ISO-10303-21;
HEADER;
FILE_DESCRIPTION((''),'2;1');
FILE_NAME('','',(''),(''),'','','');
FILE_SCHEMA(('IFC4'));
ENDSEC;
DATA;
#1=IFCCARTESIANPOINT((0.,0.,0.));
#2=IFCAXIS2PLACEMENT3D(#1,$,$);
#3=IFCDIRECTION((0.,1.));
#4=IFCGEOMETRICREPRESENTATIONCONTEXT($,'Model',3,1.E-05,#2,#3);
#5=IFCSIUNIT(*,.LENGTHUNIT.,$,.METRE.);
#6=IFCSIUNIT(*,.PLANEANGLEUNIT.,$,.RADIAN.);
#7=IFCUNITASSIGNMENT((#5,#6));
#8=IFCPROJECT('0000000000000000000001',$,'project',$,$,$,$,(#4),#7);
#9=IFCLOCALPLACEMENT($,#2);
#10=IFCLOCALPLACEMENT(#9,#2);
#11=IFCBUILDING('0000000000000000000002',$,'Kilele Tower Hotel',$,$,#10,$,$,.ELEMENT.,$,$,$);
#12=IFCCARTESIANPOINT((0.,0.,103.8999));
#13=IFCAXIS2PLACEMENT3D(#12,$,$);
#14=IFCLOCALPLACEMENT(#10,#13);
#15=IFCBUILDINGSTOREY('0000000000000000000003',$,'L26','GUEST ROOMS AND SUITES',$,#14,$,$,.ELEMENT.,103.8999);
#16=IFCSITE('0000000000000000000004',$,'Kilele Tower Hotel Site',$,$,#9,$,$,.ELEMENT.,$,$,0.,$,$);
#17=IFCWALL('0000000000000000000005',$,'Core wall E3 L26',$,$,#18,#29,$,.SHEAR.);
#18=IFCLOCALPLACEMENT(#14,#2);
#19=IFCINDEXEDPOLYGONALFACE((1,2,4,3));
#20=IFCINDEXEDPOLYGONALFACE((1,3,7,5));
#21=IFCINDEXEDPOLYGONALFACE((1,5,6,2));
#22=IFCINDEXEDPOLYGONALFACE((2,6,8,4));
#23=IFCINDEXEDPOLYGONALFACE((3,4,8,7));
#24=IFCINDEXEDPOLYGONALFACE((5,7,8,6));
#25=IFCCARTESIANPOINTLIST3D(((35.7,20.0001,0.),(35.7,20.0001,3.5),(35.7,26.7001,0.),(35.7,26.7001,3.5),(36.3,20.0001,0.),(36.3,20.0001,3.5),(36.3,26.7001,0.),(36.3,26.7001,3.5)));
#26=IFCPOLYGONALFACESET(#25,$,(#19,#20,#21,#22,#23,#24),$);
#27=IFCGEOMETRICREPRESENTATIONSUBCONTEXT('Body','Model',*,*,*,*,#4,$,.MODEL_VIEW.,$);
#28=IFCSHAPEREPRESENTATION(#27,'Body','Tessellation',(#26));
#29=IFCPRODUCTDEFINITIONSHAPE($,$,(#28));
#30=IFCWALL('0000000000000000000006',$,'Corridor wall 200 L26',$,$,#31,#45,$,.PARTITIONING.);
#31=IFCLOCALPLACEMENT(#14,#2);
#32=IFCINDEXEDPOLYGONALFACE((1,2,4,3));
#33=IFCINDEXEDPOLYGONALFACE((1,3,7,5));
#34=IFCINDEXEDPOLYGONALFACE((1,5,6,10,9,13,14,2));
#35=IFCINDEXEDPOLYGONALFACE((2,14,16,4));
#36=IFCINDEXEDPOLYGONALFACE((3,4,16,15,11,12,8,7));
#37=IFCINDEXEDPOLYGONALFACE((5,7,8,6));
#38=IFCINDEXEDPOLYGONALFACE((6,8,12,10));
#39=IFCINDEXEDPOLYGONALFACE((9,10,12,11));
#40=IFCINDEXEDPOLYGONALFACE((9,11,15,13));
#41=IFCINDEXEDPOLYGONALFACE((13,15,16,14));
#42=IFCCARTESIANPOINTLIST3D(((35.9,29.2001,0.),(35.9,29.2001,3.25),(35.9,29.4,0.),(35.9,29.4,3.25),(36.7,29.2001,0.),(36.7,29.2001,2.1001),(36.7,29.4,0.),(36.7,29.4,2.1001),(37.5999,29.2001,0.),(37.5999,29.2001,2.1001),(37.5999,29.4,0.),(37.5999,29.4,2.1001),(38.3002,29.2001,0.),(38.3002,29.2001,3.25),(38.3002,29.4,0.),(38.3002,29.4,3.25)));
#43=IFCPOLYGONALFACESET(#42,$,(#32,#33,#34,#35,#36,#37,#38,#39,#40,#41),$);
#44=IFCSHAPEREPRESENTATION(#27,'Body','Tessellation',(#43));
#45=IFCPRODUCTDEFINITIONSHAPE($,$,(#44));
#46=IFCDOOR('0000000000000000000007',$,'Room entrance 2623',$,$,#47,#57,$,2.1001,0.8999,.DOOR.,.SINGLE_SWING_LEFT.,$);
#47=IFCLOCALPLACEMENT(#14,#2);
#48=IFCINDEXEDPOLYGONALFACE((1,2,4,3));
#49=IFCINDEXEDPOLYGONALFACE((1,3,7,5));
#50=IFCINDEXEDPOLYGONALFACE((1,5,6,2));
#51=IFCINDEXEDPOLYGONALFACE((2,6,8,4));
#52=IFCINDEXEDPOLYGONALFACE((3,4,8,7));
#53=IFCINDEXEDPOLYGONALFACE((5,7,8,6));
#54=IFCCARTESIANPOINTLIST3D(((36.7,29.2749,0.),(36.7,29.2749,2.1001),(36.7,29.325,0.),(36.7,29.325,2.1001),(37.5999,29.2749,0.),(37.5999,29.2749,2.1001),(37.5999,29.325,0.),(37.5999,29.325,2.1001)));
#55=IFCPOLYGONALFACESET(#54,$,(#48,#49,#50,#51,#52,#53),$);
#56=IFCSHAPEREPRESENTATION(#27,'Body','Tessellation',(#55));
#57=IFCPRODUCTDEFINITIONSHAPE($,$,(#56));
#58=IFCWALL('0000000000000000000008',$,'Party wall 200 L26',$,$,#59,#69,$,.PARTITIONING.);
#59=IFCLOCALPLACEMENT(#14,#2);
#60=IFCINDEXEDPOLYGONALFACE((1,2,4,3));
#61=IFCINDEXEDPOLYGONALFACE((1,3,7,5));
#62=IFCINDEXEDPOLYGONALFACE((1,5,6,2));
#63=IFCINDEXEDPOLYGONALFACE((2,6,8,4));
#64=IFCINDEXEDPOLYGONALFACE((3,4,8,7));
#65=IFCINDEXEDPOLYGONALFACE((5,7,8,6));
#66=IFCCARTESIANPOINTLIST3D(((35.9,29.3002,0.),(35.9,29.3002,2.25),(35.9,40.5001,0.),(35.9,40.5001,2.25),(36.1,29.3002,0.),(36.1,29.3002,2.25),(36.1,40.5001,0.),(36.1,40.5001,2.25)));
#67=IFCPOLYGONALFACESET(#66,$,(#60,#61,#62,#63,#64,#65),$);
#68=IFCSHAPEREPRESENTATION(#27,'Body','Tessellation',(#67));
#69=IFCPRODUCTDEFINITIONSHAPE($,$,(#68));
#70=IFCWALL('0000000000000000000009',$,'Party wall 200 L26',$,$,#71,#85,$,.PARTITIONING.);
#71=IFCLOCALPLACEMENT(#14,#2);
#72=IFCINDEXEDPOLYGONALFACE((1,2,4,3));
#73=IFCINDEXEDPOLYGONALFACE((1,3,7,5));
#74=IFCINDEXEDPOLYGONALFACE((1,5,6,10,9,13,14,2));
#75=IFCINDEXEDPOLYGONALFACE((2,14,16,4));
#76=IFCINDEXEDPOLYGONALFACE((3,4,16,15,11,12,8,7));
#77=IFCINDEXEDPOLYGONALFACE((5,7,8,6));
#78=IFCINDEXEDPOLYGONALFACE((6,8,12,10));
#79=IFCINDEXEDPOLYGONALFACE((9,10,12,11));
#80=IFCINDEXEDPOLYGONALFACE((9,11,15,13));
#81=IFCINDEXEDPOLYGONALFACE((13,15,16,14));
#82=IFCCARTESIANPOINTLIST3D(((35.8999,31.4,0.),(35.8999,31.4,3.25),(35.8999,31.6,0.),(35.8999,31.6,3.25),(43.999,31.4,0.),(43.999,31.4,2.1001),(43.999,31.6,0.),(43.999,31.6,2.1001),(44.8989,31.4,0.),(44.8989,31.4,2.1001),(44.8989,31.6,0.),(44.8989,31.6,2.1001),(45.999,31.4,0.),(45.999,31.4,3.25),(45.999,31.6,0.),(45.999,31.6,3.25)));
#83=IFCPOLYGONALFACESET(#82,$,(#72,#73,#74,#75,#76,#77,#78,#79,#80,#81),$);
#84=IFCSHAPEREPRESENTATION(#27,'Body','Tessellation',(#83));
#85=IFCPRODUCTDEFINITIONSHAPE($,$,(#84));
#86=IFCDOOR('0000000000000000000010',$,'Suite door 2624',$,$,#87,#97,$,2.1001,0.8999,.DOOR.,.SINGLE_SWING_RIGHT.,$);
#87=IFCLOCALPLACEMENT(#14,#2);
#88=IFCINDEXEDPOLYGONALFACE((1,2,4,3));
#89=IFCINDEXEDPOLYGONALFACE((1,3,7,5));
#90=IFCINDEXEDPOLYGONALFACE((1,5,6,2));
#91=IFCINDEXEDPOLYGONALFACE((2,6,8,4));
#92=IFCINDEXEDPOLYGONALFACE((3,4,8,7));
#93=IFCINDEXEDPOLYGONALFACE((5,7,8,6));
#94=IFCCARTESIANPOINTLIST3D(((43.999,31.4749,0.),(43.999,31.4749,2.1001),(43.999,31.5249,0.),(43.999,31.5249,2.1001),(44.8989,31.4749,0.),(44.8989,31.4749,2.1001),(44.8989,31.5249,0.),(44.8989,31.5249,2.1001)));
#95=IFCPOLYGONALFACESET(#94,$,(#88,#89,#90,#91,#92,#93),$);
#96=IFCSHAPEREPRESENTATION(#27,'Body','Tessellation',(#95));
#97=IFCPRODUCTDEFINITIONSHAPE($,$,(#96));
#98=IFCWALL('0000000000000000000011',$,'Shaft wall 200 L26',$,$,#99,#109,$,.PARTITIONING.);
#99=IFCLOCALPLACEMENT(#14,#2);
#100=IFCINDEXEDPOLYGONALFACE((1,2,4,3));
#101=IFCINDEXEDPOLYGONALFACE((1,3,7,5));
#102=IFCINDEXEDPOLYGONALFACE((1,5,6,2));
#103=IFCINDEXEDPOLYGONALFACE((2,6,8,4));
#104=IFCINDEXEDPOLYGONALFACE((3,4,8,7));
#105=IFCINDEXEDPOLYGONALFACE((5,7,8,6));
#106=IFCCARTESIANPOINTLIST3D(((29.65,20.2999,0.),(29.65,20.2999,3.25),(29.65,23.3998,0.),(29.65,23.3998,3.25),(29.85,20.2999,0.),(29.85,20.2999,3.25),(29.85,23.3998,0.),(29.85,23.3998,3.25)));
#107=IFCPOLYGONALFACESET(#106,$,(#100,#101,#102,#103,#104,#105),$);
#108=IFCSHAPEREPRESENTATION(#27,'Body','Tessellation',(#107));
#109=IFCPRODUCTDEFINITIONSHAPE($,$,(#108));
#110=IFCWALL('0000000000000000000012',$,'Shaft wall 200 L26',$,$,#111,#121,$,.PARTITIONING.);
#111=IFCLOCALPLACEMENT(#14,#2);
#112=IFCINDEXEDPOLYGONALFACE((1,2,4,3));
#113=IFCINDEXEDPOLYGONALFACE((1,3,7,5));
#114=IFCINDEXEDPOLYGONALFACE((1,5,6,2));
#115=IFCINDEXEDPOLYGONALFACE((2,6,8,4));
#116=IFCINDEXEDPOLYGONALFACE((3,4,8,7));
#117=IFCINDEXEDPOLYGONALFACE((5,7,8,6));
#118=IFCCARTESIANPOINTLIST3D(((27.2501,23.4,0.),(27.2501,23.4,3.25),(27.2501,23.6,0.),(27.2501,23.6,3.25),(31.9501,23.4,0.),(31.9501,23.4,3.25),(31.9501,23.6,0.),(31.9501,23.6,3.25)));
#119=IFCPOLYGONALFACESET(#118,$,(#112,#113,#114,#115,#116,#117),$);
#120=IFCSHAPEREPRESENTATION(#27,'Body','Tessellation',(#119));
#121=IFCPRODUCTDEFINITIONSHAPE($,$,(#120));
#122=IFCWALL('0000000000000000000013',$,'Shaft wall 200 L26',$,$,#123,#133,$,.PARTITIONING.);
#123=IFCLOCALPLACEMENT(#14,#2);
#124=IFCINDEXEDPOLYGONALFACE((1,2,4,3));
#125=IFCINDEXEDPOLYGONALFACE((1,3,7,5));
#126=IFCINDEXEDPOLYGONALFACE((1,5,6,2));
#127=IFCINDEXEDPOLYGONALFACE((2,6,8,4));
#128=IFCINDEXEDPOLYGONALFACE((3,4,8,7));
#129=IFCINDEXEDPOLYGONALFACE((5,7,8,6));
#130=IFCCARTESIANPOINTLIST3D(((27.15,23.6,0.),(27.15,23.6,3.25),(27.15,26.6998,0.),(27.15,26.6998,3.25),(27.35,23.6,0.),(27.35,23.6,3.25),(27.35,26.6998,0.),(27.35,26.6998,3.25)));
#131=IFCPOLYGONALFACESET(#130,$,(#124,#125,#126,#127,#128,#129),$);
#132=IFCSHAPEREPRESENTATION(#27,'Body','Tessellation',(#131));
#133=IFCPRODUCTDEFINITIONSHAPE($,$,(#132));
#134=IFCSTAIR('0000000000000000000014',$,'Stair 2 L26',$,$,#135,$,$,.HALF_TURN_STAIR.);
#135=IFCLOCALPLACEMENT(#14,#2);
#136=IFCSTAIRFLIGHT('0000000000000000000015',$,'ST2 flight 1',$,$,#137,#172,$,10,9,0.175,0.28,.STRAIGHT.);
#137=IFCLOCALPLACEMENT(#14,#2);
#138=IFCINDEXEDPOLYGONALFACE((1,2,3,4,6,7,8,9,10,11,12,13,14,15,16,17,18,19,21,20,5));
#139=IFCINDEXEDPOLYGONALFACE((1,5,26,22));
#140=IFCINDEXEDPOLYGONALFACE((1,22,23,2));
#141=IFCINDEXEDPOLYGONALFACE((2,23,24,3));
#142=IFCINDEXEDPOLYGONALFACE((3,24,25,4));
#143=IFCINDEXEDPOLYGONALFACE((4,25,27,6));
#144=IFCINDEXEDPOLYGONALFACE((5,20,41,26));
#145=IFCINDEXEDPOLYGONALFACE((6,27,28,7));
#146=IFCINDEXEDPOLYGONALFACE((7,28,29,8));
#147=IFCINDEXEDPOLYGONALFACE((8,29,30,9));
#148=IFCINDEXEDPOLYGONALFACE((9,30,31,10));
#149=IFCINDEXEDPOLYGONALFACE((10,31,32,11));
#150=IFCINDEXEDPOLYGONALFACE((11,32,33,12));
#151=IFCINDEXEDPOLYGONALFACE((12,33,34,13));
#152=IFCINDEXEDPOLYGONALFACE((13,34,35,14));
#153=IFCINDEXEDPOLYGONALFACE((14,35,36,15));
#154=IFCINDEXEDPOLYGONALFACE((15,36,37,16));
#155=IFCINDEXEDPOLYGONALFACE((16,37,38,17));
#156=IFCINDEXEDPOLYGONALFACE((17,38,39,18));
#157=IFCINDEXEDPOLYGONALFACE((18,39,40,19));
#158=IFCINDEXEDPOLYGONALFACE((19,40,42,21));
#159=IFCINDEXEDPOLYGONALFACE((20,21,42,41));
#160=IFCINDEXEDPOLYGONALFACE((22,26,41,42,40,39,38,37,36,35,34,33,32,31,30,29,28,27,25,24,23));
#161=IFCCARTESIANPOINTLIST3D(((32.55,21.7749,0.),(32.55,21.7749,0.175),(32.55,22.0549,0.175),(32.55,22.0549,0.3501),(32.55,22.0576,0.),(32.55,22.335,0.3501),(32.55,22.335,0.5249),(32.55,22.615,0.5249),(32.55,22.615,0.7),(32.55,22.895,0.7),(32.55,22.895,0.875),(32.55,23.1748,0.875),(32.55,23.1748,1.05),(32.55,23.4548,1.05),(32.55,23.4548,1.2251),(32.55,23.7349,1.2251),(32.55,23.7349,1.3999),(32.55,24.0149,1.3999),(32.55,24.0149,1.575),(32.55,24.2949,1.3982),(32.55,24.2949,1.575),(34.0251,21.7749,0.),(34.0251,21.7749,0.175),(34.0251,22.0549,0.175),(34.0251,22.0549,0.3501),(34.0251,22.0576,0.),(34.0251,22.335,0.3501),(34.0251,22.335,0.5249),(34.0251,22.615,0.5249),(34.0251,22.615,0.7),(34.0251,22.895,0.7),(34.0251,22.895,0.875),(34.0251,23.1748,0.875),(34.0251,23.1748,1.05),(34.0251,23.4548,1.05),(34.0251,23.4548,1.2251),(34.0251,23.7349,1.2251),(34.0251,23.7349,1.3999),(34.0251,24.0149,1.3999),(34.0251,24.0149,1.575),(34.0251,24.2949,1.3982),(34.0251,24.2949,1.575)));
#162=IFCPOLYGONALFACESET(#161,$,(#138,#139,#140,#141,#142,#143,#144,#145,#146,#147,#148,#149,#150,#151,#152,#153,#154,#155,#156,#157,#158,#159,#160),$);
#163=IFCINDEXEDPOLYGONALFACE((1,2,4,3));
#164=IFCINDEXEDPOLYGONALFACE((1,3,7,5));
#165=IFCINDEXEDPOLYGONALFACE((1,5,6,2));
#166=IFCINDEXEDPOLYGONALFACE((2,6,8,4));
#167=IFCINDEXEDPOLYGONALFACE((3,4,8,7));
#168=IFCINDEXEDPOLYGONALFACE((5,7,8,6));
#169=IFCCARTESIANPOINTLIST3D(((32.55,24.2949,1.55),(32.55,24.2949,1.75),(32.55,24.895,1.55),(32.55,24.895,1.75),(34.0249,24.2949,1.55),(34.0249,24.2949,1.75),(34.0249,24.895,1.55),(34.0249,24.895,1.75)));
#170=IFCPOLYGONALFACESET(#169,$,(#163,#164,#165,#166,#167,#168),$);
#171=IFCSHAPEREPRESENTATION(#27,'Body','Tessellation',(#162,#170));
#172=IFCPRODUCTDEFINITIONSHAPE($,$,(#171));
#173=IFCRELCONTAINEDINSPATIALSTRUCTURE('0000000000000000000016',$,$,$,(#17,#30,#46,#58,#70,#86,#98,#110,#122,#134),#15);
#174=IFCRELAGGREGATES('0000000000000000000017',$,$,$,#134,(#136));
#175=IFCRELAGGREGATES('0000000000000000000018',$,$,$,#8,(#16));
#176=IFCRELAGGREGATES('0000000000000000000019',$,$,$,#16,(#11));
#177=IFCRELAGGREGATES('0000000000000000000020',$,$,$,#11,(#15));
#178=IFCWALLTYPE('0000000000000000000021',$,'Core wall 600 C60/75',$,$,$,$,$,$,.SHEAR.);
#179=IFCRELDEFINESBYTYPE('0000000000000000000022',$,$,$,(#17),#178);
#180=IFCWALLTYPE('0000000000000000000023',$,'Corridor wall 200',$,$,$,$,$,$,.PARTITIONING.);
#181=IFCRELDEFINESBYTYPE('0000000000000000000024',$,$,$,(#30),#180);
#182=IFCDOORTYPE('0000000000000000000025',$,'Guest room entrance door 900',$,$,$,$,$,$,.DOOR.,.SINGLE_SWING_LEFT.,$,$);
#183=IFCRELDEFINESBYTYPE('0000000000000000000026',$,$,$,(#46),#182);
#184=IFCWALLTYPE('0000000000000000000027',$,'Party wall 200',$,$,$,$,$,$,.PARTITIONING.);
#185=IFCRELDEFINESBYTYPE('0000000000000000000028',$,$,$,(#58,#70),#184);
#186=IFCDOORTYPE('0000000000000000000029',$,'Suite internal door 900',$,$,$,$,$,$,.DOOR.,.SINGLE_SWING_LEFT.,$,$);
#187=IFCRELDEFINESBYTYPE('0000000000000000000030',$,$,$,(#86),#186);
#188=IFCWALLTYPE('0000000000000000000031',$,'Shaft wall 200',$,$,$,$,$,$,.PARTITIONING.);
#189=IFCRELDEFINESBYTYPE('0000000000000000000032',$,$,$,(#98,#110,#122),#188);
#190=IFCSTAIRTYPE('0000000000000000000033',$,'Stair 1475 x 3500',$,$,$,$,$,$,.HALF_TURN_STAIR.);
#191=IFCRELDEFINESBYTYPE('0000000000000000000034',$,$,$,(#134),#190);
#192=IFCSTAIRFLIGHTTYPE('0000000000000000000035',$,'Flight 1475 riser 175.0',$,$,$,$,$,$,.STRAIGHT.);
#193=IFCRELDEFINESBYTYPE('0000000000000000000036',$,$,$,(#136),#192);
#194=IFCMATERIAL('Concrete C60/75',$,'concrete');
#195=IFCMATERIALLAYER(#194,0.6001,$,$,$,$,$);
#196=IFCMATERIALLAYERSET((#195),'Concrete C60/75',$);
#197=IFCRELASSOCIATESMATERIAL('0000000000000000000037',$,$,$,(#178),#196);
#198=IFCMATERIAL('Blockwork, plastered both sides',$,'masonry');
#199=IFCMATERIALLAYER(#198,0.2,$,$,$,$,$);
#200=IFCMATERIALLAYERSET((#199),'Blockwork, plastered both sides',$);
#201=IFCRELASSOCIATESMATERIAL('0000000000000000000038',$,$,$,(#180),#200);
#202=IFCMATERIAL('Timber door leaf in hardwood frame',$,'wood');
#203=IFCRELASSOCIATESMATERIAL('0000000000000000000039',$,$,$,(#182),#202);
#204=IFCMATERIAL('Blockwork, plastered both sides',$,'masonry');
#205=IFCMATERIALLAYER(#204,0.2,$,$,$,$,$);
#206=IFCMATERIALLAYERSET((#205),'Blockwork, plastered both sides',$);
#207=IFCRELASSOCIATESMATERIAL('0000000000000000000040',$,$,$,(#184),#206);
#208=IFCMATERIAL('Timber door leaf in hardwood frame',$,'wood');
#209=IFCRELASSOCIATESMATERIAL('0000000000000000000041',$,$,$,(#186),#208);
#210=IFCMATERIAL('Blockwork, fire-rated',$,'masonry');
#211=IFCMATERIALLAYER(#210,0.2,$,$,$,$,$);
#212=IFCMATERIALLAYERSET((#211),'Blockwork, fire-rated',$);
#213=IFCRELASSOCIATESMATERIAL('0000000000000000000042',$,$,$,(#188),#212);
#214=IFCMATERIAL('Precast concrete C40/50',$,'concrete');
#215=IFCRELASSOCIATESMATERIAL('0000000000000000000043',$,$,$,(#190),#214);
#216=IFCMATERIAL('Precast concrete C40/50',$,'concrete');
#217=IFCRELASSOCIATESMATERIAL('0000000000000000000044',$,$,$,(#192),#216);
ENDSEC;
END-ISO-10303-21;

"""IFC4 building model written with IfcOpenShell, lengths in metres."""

from ifc_helpers import new_model, si_unit, direction, frame, frame_2d, origin, place, context, subcontext, project, spatial, polyline, rectangle, outline, extrude, material, layer, layer_set, type_object, element, fill, aggregate, save


model = new_model("IFC4")

# Units and contexts
model_context = context("Model", 3, precision=1e-05, world=origin(), true_north=direction((0.0, 1.0)))
body_context = subcontext(model_context, "Body", "Model", "MODEL_VIEW")
ifc_project = project(units=[si_unit("LENGTHUNIT", "METRE"), si_unit("PLANEANGLEUNIT", "RADIAN")], contexts=[model_context])

# Site, building, storey
site_placement = place(None, origin())
site = spatial("IfcSite", under=ifc_project, at=site_placement, Name="Kilele Tower Hotel Site", CompositionType="ELEMENT", RefElevation=0.0)
building_placement = place(site_placement, origin())
building = spatial("IfcBuilding", under=site, at=building_placement, Name="Kilele Tower Hotel", CompositionType="ELEMENT")
storey_placement = place(building_placement, frame((0.0, 0.0, 103.8999)))
storey = spatial("IfcBuildingStorey", under=building, at=storey_placement, Name="L26", Description="GUEST ROOMS AND SUITES", CompositionType="ELEMENT", Elevation=103.8999)

# Wall
ifc_material_1 = material(Name="Concrete C60/75", Category="concrete")
ifc_layer_1 = layer(ifc_material_1, 0.6001)
ifc_layer_set_1 = layer_set([ifc_layer_1], Name="Concrete C60/75")
wall_type_1 = type_object("IfcWallType", Name="Core wall 600 C60/75", PredefinedType="SHEAR", material=ifc_layer_set_1)
wall_1_placement = place(storey_placement, frame((36.0, 20.0, 0.0), z_axis=(0.0, 0.0, 1.0), x_axis=(0.0, 1.0, 0.0)))
element("IfcWall", 1, at=wall_1_placement, inside=storey, type_object=wall_type_1, Name="Core wall E3 L26", PredefinedType="SHEAR", context=body_context, shape_type="SweptSolid", body=[
    extrude(rectangle(XDim=6.7, YDim=0.6001, at=frame_2d((3.3501, 0.0))), origin(), (0.0, 0.0, 1.0), 3.5),
])

# Wall, opening, door
ifc_material_2 = material(Name="Blockwork, plastered both sides", Category="masonry")
ifc_layer_2 = layer(ifc_material_2, 0.2)
ifc_layer_set_2 = layer_set([ifc_layer_2], Name="Blockwork, plastered both sides")
wall_type_2 = type_object("IfcWallType", Name="Corridor wall 200", PredefinedType="PARTITIONING", material=ifc_layer_set_2)
wall_2_placement = place(storey_placement, frame((35.8999, 29.3, 0.0), z_axis=(0.0, 0.0, 1.0), x_axis=(1.0, 0.0, 0.0)))
wall_2 = element("IfcWall", 2, at=wall_2_placement, inside=storey, type_object=wall_type_2, Name="Corridor wall 200 L26", PredefinedType="PARTITIONING", context=body_context, shape_type="SweptSolid", body=[
    extrude(rectangle(XDim=2.4001, YDim=0.2, at=frame_2d((1.2002, 0.0))), origin(), (0.0, 0.0, 1.0), 3.25),
])
opening_1_placement = place(wall_2_placement, frame((0.8, 0.0, 0.0)))
opening_1 = element("IfcOpeningElement", 3, at=opening_1_placement, cuts=wall_2, PredefinedType="OPENING", context=body_context, shape_type="SweptSolid", body=[
    extrude(rectangle(XDim=0.8999, YDim=2.1001, at=frame_2d((0.45, 1.05))), frame((0.0, 0.1099, 0.0), z_axis=(0.0, -1.0, 0.0), x_axis=(1.0, 0.0, 0.0)), (0.0, 0.0, 1.0), 0.22),
])
ifc_material_3 = material(Name="Timber door leaf in hardwood frame", Category="wood")
door_type_1 = type_object("IfcDoorType", Name="Guest room entrance door 900", OperationType="SINGLE_SWING_LEFT", PredefinedType="DOOR", material=ifc_material_3)
door_1_placement = place(opening_1_placement, origin())
door_1 = element("IfcDoor", 4, at=door_1_placement, inside=storey, type_object=door_type_1, Name="Room entrance 2623", OperationType="SINGLE_SWING_LEFT", OverallHeight=2.1001, OverallWidth=0.8999, PredefinedType="DOOR", context=body_context, shape_type="SweptSolid", body=[
    extrude(rectangle(XDim=0.8999, YDim=2.1001, at=frame_2d((0.45, 1.05))), frame((0.0, 0.0249, 0.0), z_axis=(0.0, -1.0, 0.0), x_axis=(1.0, 0.0, 0.0)), (0.0, 0.0, 1.0), 0.05),
])
fill(opening_1, door_1)

# Wall
ifc_material_4 = material(Name="Blockwork, plastered both sides", Category="masonry")
ifc_layer_3 = layer(ifc_material_4, 0.2)
ifc_layer_set_3 = layer_set([ifc_layer_3], Name="Blockwork, plastered both sides")
wall_type_3 = type_object("IfcWallType", Name="Party wall 200", PredefinedType="PARTITIONING", material=ifc_layer_set_3)
wall_3_placement = place(storey_placement, frame((36.0, 29.3, 0.0), z_axis=(0.0, 0.0, 1.0), x_axis=(0.0, 1.0, 0.0)))
element("IfcWall", 5, at=wall_3_placement, inside=storey, type_object=wall_type_3, Name="Party wall 200 L26", PredefinedType="PARTITIONING", context=body_context, shape_type="SweptSolid", body=[
    extrude(rectangle(XDim=11.2, YDim=0.2, at=frame_2d((5.6001, 0.0))), origin(), (0.0, 0.0, 1.0), 2.25),
])

# Wall, opening, door
wall_4_placement = place(storey_placement, frame((35.8999, 31.5, 0.0), z_axis=(0.0, 0.0, 1.0), x_axis=(1.0, 0.0, 0.0)))
wall_4 = element("IfcWall", 6, at=wall_4_placement, inside=storey, type_object=wall_type_3, Name="Party wall 200 L26", PredefinedType="PARTITIONING", context=body_context, shape_type="SweptSolid", body=[
    extrude(rectangle(XDim=10.0991, YDim=0.2, at=frame_2d((5.0496, 0.0))), origin(), (0.0, 0.0, 1.0), 3.25),
])
opening_2_placement = place(wall_4_placement, frame((8.0991, 0.0, 0.0)))
opening_2 = element("IfcOpeningElement", 7, at=opening_2_placement, cuts=wall_4, PredefinedType="OPENING", context=body_context, shape_type="SweptSolid", body=[
    extrude(rectangle(XDim=0.8999, YDim=2.1001, at=frame_2d((0.45, 1.05))), frame((0.0, 0.1099, 0.0), z_axis=(0.0, -1.0, 0.0), x_axis=(1.0, 0.0, 0.0)), (0.0, 0.0, 1.0), 0.22),
])
ifc_material_5 = material(Name="Timber door leaf in hardwood frame", Category="wood")
door_type_2 = type_object("IfcDoorType", Name="Suite internal door 900", OperationType="SINGLE_SWING_LEFT", PredefinedType="DOOR", material=ifc_material_5)
door_2_placement = place(opening_2_placement, origin())
door_2 = element("IfcDoor", 8, at=door_2_placement, inside=storey, type_object=door_type_2, Name="Suite door 2624", OperationType="SINGLE_SWING_RIGHT", OverallHeight=2.1001, OverallWidth=0.8999, PredefinedType="DOOR", context=body_context, shape_type="SweptSolid", body=[
    extrude(rectangle(XDim=0.8999, YDim=2.1001, at=frame_2d((0.45, 1.05))), frame((0.0, 0.0249, 0.0), z_axis=(0.0, -1.0, 0.0), x_axis=(1.0, 0.0, 0.0)), (0.0, 0.0, 1.0), 0.05),
])
fill(opening_2, door_2)

# Walls
ifc_material_6 = material(Name="Blockwork, fire-rated", Category="masonry")
ifc_layer_4 = layer(ifc_material_6, 0.2)
ifc_layer_set_4 = layer_set([ifc_layer_4], Name="Blockwork, fire-rated")
wall_type_4 = type_object("IfcWallType", Name="Shaft wall 200", PredefinedType="PARTITIONING", material=ifc_layer_set_4)
wall_5_placement = place(storey_placement, frame((29.75, 20.3, 0.0), z_axis=(0.0, 0.0, 1.0), x_axis=(0.0, 1.0, 0.0)))
element("IfcWall", 9, at=wall_5_placement, inside=storey, type_object=wall_type_4, Name="Shaft wall 200 L26", PredefinedType="PARTITIONING", context=body_context, shape_type="SweptSolid", body=[
    extrude(rectangle(XDim=3.0999, YDim=0.2, at=frame_2d((1.5498, 0.0))), origin(), (0.0, 0.0, 1.0), 3.25),
])
wall_6_placement = place(storey_placement, frame((27.25, 23.5, 0.0), z_axis=(0.0, 0.0, 1.0), x_axis=(1.0, 0.0, 0.0)))
element("IfcWall", 10, at=wall_6_placement, inside=storey, type_object=wall_type_4, Name="Shaft wall 200 L26", PredefinedType="PARTITIONING", context=body_context, shape_type="SweptSolid", body=[
    extrude(rectangle(XDim=4.7, YDim=0.2, at=frame_2d((2.3501, 0.0))), origin(), (0.0, 0.0, 1.0), 3.25),
])
wall_7_placement = place(storey_placement, frame((27.25, 23.6001, 0.0), z_axis=(0.0, 0.0, 1.0), x_axis=(0.0, 1.0, 0.0)))
element("IfcWall", 11, at=wall_7_placement, inside=storey, type_object=wall_type_4, Name="Shaft wall 200 L26", PredefinedType="PARTITIONING", context=body_context, shape_type="SweptSolid", body=[
    extrude(rectangle(XDim=3.0999, YDim=0.2, at=frame_2d((1.5498, 0.0))), origin(), (0.0, 0.0, 1.0), 3.25),
])

# Stair, stair flight
ifc_material_7 = material(Name="Precast concrete C40/50", Category="concrete")
stair_type = type_object("IfcStairType", Name="Stair 1475 x 3500", PredefinedType="HALF_TURN_STAIR", material=ifc_material_7)
stair_placement = place(storey_placement, origin())
stair = element("IfcStair", 12, at=stair_placement, inside=storey, type_object=stair_type, Name="Stair 2 L26", PredefinedType="HALF_TURN_STAIR")
ifc_material_8 = material(Name="Precast concrete C40/50", Category="concrete")
stair_flight_type = type_object("IfcStairFlightType", Name="Flight 1475 riser 175.0", PredefinedType="STRAIGHT", material=ifc_material_8)
stair_flight_1_placement = place(storey_placement, frame((33.2876, 21.7749, 0.0), z_axis=(0.0, 0.0, 1.0), x_axis=(0.0, 1.0, 0.0)))
stair_flight_1 = element("IfcStairFlight", 13, at=stair_flight_1_placement, type_object=stair_flight_type, Name="ST2 flight 1", NumberOfRisers=10, NumberOfTreads=9, PredefinedType="STRAIGHT", RiserHeight=0.175, TreadLength=0.28, context=body_context, shape_type="SweptSolid", body=[
    extrude(outline(polyline([(0.0, 0.0), (0.0, 0.175), (0.28, 0.175), (0.28, 0.3501), (0.5601, 0.3501), (0.5601, 0.5249), (0.8401, 0.5249), (0.8401, 0.7), (1.1201, 0.7), (1.1201, 0.875), (1.3999, 0.875), (1.3999, 1.05), (1.6799, 1.05), (1.6799, 1.2251), (1.96, 1.2251), (1.96, 1.3999), (2.24, 1.3999), (2.24, 1.575), (2.52, 1.575), (2.52, 1.75), (2.52, 1.3982), (0.2827, 0.0), (0.0, 0.0)])), frame((0.0, 0.7375, 0.0), z_axis=(0.0, -1.0, 0.0), x_axis=(1.0, 0.0, 0.0)), (0.0, 0.0, 1.0), 1.4751),
    extrude(outline(polyline([(2.52, 0.7375), (2.52, -0.7373), (3.1201, -0.7373), (3.1201, 0.7375), (2.52, 0.7375)])), frame((0.0, 0.0, 1.55)), (0.0, 0.0, 1.0), 0.2),
])
aggregate(stair, [stair_flight_1])

save(model, "model.ifc")
